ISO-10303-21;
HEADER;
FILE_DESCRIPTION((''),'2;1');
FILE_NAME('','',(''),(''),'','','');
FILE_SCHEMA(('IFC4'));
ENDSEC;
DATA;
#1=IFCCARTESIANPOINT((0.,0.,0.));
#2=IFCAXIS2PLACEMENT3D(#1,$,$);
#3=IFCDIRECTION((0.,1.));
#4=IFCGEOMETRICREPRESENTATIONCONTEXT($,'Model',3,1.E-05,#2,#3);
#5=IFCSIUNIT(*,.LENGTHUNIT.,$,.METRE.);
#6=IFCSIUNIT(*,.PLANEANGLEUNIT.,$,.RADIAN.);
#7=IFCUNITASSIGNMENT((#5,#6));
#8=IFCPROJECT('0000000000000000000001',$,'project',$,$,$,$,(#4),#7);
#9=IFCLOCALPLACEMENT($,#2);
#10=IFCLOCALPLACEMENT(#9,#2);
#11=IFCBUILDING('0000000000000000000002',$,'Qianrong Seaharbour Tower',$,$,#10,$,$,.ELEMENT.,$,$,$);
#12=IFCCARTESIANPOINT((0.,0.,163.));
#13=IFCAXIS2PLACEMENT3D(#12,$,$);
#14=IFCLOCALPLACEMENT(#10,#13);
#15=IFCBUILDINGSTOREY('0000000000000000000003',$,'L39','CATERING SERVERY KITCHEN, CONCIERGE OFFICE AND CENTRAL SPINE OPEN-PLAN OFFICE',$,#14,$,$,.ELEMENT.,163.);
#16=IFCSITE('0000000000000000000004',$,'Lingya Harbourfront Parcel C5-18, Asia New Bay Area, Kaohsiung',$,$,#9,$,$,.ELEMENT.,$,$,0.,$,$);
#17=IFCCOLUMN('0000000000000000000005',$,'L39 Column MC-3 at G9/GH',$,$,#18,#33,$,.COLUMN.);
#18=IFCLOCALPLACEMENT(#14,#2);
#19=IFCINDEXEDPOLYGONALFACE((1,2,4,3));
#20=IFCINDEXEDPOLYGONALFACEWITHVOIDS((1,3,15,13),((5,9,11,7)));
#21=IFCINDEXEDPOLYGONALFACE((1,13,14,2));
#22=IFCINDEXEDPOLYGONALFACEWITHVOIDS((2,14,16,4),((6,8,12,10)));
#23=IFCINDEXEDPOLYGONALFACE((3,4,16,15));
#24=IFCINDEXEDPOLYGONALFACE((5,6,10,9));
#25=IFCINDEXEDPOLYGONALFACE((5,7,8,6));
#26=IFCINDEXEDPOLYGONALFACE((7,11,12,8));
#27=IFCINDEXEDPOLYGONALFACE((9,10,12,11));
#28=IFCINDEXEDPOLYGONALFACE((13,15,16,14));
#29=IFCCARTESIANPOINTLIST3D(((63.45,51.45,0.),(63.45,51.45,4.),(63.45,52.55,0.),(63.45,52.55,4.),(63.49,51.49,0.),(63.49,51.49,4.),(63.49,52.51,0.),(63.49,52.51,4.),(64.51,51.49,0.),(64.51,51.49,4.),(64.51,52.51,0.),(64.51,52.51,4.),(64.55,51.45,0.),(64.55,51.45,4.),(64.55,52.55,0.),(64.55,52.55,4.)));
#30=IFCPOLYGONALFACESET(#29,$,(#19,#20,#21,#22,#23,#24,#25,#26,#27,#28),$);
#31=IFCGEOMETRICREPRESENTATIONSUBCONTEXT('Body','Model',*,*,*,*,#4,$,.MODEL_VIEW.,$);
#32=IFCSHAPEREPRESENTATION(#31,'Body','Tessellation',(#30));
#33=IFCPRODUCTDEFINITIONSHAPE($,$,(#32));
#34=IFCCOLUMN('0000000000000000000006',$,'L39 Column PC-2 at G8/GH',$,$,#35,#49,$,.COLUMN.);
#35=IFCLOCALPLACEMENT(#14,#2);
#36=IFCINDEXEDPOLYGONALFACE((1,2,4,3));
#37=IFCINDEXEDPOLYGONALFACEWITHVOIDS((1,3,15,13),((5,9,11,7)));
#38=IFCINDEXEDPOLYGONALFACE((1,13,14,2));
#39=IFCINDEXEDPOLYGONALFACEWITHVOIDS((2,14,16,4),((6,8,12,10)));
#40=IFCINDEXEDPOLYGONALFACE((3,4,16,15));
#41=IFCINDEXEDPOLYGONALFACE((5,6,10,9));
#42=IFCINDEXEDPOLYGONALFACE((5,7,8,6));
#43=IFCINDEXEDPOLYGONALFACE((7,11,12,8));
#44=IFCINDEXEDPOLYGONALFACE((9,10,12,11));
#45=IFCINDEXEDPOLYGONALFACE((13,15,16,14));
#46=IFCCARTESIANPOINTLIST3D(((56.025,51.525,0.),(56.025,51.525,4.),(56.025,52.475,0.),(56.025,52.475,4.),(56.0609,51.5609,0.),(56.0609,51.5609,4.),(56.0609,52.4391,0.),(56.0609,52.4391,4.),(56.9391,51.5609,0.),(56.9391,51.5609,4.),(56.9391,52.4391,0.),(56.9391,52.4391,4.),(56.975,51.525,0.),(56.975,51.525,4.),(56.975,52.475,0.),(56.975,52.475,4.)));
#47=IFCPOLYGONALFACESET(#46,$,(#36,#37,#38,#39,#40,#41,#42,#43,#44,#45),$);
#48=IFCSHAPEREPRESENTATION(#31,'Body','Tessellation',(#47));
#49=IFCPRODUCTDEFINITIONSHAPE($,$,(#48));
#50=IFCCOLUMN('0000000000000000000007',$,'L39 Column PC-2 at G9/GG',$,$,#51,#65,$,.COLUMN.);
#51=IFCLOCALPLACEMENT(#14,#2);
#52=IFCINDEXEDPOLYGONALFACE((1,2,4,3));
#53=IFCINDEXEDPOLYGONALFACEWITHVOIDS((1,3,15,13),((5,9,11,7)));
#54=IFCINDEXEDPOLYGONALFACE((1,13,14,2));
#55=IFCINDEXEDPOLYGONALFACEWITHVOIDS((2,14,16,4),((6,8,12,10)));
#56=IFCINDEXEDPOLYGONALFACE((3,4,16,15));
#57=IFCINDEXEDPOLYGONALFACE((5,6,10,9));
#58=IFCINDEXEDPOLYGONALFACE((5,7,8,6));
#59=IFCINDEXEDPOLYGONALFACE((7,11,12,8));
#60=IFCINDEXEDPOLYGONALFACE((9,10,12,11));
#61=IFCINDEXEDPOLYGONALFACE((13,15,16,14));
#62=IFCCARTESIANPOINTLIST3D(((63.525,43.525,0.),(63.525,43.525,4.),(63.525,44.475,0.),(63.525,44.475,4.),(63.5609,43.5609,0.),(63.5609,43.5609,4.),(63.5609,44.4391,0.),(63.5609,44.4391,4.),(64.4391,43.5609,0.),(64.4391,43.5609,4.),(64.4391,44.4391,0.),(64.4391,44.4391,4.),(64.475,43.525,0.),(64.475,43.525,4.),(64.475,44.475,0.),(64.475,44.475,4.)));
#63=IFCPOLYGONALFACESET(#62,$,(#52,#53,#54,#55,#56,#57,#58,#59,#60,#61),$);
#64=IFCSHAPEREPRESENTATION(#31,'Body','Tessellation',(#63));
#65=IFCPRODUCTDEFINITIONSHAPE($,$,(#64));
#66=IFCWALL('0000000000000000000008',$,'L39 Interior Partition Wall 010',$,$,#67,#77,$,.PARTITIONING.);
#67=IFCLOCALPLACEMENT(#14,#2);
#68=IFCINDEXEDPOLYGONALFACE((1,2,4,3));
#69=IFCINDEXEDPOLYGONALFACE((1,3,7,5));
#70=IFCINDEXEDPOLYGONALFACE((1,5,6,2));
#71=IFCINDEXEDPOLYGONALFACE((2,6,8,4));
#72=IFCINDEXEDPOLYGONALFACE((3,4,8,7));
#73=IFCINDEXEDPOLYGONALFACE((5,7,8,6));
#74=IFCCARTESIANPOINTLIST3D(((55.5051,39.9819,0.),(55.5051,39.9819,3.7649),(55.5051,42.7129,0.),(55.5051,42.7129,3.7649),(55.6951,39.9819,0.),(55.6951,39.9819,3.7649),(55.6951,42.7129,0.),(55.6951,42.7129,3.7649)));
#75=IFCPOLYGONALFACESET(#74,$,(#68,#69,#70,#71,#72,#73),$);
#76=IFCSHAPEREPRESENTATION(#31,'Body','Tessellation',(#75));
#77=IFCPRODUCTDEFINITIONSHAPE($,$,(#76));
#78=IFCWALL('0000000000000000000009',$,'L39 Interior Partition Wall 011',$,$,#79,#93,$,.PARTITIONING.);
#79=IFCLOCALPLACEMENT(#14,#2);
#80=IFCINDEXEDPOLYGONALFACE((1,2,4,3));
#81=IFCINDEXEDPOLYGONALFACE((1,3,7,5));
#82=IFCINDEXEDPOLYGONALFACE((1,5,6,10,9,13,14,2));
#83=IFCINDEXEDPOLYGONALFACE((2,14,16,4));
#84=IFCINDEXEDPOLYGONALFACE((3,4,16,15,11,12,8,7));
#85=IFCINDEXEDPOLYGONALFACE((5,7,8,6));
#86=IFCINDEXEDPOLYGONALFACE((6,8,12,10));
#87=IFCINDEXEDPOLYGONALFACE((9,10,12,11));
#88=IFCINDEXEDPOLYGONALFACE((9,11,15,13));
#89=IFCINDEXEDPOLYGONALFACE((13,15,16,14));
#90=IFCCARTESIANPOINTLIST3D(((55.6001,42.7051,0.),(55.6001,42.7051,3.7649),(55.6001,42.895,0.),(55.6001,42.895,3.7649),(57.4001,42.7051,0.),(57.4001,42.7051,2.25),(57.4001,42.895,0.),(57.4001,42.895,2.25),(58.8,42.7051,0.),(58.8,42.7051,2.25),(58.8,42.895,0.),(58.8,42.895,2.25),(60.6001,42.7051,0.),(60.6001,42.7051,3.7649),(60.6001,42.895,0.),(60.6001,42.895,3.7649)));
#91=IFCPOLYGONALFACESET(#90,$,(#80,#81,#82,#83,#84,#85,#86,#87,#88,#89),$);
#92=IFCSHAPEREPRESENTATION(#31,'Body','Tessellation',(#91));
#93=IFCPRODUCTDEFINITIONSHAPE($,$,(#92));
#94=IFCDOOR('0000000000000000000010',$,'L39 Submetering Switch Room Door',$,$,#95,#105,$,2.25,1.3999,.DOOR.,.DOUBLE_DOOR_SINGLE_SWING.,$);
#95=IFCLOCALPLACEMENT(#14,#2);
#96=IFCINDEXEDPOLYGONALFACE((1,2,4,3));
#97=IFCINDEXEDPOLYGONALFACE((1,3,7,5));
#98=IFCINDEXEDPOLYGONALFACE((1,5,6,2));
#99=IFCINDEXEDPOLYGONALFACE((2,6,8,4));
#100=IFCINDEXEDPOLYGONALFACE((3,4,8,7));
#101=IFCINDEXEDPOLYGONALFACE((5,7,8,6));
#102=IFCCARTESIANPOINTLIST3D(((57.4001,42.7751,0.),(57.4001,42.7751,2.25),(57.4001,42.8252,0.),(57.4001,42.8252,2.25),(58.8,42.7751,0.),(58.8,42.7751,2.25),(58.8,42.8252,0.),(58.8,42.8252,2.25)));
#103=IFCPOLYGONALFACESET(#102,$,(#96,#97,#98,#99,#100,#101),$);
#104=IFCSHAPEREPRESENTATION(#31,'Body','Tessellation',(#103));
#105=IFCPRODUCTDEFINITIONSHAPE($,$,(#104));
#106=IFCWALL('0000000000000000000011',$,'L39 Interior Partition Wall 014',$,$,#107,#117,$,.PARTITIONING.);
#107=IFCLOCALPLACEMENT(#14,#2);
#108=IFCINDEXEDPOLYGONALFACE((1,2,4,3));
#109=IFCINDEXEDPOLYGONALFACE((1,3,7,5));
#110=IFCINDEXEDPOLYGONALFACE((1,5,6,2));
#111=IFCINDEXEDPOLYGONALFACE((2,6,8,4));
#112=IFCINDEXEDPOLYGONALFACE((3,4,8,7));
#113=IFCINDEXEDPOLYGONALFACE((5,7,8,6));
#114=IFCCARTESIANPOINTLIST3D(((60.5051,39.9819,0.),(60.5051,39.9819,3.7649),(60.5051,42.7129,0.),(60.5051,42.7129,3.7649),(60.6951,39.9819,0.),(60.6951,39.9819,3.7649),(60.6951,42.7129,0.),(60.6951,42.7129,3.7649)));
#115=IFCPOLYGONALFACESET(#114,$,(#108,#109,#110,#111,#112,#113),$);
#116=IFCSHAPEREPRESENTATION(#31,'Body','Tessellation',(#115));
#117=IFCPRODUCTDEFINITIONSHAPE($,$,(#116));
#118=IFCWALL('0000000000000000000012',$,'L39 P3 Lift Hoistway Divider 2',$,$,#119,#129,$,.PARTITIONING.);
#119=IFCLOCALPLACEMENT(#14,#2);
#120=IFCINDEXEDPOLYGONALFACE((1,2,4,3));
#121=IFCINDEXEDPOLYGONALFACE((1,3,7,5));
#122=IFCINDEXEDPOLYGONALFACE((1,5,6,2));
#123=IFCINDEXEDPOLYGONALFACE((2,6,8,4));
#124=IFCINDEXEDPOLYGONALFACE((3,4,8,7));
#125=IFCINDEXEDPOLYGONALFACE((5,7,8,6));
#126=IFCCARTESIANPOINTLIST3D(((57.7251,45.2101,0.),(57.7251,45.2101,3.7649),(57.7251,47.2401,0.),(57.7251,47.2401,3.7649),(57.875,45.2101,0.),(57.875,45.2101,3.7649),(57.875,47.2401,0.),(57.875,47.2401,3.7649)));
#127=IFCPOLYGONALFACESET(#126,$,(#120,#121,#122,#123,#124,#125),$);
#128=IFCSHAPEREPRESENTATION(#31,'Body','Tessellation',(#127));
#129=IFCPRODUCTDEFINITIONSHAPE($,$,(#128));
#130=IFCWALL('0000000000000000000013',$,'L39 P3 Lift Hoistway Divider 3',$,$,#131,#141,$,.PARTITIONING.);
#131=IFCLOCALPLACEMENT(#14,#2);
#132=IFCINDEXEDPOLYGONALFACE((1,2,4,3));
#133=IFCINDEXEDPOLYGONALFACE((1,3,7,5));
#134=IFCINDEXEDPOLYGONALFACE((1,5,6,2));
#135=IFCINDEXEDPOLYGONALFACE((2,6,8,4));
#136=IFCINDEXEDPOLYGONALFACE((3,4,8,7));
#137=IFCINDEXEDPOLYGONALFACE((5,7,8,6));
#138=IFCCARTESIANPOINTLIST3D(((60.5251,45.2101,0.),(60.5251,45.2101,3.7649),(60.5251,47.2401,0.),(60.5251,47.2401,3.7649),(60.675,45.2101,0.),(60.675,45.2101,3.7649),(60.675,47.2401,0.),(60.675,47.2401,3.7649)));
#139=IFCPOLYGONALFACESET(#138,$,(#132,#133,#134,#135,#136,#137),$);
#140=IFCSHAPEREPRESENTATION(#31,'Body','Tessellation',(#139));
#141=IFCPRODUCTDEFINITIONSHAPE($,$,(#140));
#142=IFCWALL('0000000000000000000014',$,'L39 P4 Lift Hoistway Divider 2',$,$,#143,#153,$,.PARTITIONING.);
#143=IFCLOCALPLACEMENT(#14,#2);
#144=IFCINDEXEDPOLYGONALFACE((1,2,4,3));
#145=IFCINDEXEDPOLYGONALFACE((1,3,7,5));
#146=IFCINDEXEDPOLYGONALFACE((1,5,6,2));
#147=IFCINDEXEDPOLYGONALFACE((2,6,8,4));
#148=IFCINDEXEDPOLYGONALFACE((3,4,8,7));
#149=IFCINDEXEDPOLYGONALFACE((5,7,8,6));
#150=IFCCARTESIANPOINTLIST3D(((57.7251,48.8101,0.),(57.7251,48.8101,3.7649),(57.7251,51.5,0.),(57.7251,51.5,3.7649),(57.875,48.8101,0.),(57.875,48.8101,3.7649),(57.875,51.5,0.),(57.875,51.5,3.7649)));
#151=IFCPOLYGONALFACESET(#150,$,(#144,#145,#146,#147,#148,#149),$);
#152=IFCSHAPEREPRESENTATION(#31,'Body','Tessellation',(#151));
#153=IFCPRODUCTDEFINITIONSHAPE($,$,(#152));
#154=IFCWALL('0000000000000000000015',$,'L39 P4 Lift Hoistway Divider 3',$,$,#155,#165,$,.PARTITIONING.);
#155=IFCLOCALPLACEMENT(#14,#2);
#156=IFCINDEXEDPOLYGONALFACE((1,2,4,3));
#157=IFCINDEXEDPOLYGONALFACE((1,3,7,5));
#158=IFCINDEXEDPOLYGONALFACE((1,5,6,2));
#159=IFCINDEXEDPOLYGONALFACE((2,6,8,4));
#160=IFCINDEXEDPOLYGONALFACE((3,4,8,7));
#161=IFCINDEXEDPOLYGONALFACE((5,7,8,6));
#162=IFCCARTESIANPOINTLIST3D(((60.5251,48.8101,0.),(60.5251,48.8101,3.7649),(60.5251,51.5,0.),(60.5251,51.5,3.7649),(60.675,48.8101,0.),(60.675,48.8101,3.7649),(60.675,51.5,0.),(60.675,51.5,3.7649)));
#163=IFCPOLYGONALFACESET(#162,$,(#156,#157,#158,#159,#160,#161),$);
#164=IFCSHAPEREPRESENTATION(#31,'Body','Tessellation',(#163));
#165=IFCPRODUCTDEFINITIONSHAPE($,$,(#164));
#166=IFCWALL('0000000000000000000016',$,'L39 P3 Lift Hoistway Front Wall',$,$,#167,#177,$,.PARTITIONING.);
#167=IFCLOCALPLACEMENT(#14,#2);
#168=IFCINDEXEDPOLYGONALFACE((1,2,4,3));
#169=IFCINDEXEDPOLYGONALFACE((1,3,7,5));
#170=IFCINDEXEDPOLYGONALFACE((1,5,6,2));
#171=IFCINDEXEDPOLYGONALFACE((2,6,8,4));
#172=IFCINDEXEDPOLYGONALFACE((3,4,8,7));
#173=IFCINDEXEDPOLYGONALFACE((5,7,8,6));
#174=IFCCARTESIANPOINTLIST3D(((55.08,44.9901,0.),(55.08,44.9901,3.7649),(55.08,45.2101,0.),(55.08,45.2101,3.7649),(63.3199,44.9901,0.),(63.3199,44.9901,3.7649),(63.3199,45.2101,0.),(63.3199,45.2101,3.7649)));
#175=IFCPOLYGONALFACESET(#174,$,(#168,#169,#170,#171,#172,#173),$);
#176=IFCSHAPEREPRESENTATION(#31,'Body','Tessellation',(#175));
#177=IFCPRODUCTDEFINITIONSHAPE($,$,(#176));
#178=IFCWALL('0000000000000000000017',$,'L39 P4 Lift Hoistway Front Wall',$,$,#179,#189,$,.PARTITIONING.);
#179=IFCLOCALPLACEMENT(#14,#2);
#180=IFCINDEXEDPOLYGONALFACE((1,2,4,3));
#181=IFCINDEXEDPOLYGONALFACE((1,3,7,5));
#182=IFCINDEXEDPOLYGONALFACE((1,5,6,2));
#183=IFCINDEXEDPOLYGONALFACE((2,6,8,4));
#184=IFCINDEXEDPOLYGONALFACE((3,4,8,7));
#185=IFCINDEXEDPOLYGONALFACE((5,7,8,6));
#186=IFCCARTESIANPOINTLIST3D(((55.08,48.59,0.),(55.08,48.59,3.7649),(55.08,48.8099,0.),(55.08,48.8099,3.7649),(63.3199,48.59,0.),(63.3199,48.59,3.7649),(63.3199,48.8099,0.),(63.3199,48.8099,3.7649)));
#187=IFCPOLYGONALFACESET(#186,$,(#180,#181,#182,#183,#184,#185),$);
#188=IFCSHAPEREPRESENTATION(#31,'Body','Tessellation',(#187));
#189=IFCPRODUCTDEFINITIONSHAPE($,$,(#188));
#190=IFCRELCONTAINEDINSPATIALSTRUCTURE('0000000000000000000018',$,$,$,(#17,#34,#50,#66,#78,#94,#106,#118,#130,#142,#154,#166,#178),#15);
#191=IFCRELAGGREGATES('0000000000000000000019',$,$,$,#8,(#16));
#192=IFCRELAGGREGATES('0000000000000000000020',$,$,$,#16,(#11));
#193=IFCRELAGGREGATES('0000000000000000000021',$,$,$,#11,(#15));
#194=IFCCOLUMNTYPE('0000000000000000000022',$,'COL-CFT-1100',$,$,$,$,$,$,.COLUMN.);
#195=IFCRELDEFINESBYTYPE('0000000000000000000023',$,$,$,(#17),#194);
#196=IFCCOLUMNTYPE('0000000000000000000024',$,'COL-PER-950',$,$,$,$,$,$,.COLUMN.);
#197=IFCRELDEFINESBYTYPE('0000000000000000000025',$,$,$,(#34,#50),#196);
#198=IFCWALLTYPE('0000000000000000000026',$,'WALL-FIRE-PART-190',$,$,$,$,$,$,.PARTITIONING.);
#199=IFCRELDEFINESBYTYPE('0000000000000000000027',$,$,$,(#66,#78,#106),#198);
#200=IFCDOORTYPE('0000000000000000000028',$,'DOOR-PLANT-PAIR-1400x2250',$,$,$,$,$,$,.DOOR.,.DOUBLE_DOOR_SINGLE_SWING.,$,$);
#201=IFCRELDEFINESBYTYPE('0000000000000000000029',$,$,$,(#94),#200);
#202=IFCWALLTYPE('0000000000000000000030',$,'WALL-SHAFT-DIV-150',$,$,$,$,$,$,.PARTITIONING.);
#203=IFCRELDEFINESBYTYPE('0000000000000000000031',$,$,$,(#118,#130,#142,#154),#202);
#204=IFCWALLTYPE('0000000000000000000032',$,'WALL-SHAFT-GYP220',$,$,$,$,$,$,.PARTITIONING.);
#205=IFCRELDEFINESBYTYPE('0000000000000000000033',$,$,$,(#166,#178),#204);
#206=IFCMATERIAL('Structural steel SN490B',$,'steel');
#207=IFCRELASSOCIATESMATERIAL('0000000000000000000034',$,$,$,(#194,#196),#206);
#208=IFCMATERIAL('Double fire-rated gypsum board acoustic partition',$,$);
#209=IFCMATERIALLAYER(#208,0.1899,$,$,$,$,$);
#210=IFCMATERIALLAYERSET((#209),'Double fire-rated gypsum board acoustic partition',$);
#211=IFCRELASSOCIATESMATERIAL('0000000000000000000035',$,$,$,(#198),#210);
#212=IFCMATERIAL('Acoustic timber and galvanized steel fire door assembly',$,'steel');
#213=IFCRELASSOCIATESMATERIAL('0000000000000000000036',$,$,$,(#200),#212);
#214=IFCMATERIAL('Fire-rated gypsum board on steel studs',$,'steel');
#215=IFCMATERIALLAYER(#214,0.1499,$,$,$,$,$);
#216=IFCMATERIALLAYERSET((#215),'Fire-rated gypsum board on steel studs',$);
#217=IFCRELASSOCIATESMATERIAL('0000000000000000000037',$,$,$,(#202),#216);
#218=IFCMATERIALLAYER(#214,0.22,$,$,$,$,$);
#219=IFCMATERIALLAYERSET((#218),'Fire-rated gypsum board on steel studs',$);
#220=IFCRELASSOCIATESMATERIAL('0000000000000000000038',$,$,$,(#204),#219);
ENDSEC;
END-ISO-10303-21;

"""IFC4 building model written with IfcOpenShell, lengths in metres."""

from ifc_helpers import new_model, si_unit, direction, frame, frame_2d, origin, origin_2d, place, context, subcontext, project, spatial, rectangle, hollow_rectangle, extrude, material, layer, layer_set, material_profile, profile_set, type_object, element, fill, save


model = new_model("IFC4")

# Units and contexts
model_context = context("Model", 3, precision=1e-05, world=origin(), true_north=direction((0.0, 1.0)))
body_context = subcontext(model_context, "Body", "Model", "MODEL_VIEW")
ifc_project = project(units=[si_unit("LENGTHUNIT", "METRE"), si_unit("PLANEANGLEUNIT", "RADIAN")], contexts=[model_context])

# Site, building, storey
site_placement = place(None, origin())
site = spatial("IfcSite", under=ifc_project, at=site_placement, Name="Lingya Harbourfront Parcel C5-18, Asia New Bay Area, Kaohsiung", CompositionType="ELEMENT", RefElevation=0.0)
building_placement = place(site_placement, origin())
building = spatial("IfcBuilding", under=site, at=building_placement, Name="Qianrong Seaharbour Tower", CompositionType="ELEMENT")
storey_placement = place(building_placement, frame((0.0, 0.0, 163.0)))
storey = spatial("IfcBuildingStorey", under=building, at=storey_placement, Name="L39", Description="CATERING SERVERY KITCHEN, CONCIERGE OFFICE AND CENTRAL SPINE OPEN-PLAN OFFICE", CompositionType="ELEMENT", Elevation=163.0)

# Columns
ifc_material_1 = material(Name="Structural steel SN490B", Category="steel")
ifc_material_profile_1 = material_profile(ifc_material_1, hollow_rectangle(XDim=1.1001, YDim=1.1001, WallThickness=0.04, at=origin_2d()), Name="BOX1100x1100x40")
ifc_profile_set_1 = profile_set([ifc_material_profile_1], Name="Structural steel SN490B")
column_type_1 = type_object("IfcColumnType", Name="COL-CFT-1100", PredefinedType="COLUMN", material=ifc_profile_set_1)
column_placement = place(storey_placement, frame((64.0, 52.0, 0.0), z_axis=(0.0, 0.0, 1.0), x_axis=(1.0, 0.0, 0.0)))
element("IfcColumn", 1, at=column_placement, inside=storey, type_object=column_type_1, Name="L39 Column MC-3 at G9/GH", PredefinedType="COLUMN", context=body_context, shape_type="SweptSolid", body=[
    extrude(hollow_rectangle(XDim=1.1001, YDim=1.1001, WallThickness=0.04, at=origin_2d()), origin(), (0.0, 0.0, 1.0), 4.0),
])
ifc_material_profile_2 = material_profile(ifc_material_1, hollow_rectangle(XDim=0.95, YDim=0.95, WallThickness=0.0359, at=origin_2d()), Name="BOX950x950x36")
ifc_profile_set_2 = profile_set([ifc_material_profile_2], Name="Structural steel SN490B")
column_type_2 = type_object("IfcColumnType", Name="COL-PER-950", PredefinedType="COLUMN", material=ifc_profile_set_2)
for number, where, z_axis, x_axis, name in (
    (2, (56.5, 52.0, 0.0), (0.0, 0.0, 1.0), (1.0, 0.0, 0.0), "L39 Column PC-2 at G8/GH"),
    (3, (64.0, 44.0, 0.0), (0.0, 0.0, 1.0), (1.0, 0.0, 0.0), "L39 Column PC-2 at G9/GG"),
):
    element("IfcColumn", number, at=place(storey_placement, frame(where, z_axis=z_axis, x_axis=x_axis)), inside=storey, type_object=column_type_2, Name=name, PredefinedType="COLUMN", context=body_context, shape_type="SweptSolid", body=[
        extrude(hollow_rectangle(XDim=0.95, YDim=0.95, WallThickness=0.0359, at=origin_2d()), origin(), (0.0, 0.0, 1.0), 4.0),
    ])

# Shared definitions
ifc_material_2 = material(Name="Acoustic timber and galvanized steel fire door assembly", Category="steel")

# Wall
ifc_material_3 = material(Name="Double fire-rated gypsum board acoustic partition")
ifc_layer_1 = layer(ifc_material_3, 0.1899)
ifc_layer_set_1 = layer_set([ifc_layer_1], Name="Double fire-rated gypsum board acoustic partition")
wall_type_1 = type_object("IfcWallType", Name="WALL-FIRE-PART-190", PredefinedType="PARTITIONING", material=ifc_layer_set_1)
wall_1_placement = place(storey_placement, frame((55.6001, 42.7129, 0.0), z_axis=(0.0, 0.0, 1.0), x_axis=(0.0, -1.0, 0.0)))
element("IfcWall", 4, at=wall_1_placement, inside=storey, type_object=wall_type_1, Name="L39 Interior Partition Wall 010", PredefinedType="PARTITIONING", context=body_context, shape_type="SweptSolid", body=[
    extrude(rectangle(XDim=2.731, YDim=0.1899, at=frame_2d((1.3655, 0.0))), origin(), (0.0, 0.0, 1.0), 3.7649),
])

# Wall, opening, door
wall_2_placement = place(storey_placement, frame((60.6001, 42.8, 0.0), z_axis=(0.0, 0.0, 1.0), x_axis=(-1.0, 0.0, 0.0)))
wall_2 = element("IfcWall", 5, at=wall_2_placement, inside=storey, type_object=wall_type_1, Name="L39 Interior Partition Wall 011", PredefinedType="PARTITIONING", context=body_context, shape_type="SweptSolid", body=[
    extrude(rectangle(XDim=5.0, YDim=0.1899, at=frame_2d((2.5, 0.0))), origin(), (0.0, 0.0, 1.0), 3.7649),
])
opening_1_placement = place(wall_2_placement, frame((1.8, 0.0, 0.0)))
opening_1 = element("IfcOpeningElement", 6, at=opening_1_placement, cuts=wall_2, PredefinedType="OPENING", context=body_context, shape_type="SweptSolid", body=[
    extrude(rectangle(XDim=1.3999, YDim=2.25, at=frame_2d((0.7, 1.125))), frame((0.0, 0.105, 0.0), z_axis=(0.0, -1.0, 0.0), x_axis=(1.0, 0.0, 0.0)), (0.0, 0.0, 1.0), 0.21),
])
door_type_1 = type_object("IfcDoorType", Name="DOOR-PLANT-PAIR-1400x2250", OperationType="DOUBLE_DOOR_SINGLE_SWING", PredefinedType="DOOR", material=ifc_material_2)
door_1_placement = place(opening_1_placement, origin())
door_1 = element("IfcDoor", 7, at=door_1_placement, inside=storey, type_object=door_type_1, Name="L39 Submetering Switch Room Door", OperationType="DOUBLE_DOOR_SINGLE_SWING", OverallHeight=2.25, OverallWidth=1.3999, PredefinedType="DOOR", context=body_context, shape_type="SweptSolid", body=[
    extrude(rectangle(XDim=1.3999, YDim=2.25, at=frame_2d((0.7, 1.125))), frame((0.0, 0.0249, 0.0), z_axis=(0.0, -1.0, 0.0), x_axis=(1.0, 0.0, 0.0)), (0.0, 0.0, 1.0), 0.05),
])
fill(opening_1, door_1)

# Walls
wall_3_placement = place(storey_placement, frame((60.6001, 42.7129, 0.0), z_axis=(0.0, 0.0, 1.0), x_axis=(0.0, -1.0, 0.0)))
element("IfcWall", 8, at=wall_3_placement, inside=storey, type_object=wall_type_1, Name="L39 Interior Partition Wall 014", PredefinedType="PARTITIONING", context=body_context, shape_type="SweptSolid", body=[
    extrude(rectangle(XDim=2.731, YDim=0.1899, at=frame_2d((1.3655, 0.0))), origin(), (0.0, 0.0, 1.0), 3.7649),
])
ifc_material_4 = material(Name="Fire-rated gypsum board on steel studs", Category="steel")
ifc_layer_2 = layer(ifc_material_4, 0.1499)
ifc_layer_set_2 = layer_set([ifc_layer_2], Name="Fire-rated gypsum board on steel studs")
wall_type_2 = type_object("IfcWallType", Name="WALL-SHAFT-DIV-150", PredefinedType="PARTITIONING", material=ifc_layer_set_2)
for number, where, z_axis, x_axis, name in (
    (9, (57.8, 45.21, 0.0), (0.0, 0.0, 1.0), (0.0, 1.0, 0.0), "L39 P3 Lift Hoistway Divider 2"),
    (10, (60.6001, 45.21, 0.0), (0.0, 0.0, 1.0), (0.0, 1.0, 0.0), "L39 P3 Lift Hoistway Divider 3"),
):
    element("IfcWall", number, at=place(storey_placement, frame(where, z_axis=z_axis, x_axis=x_axis)), inside=storey, type_object=wall_type_2, Name=name, PredefinedType="PARTITIONING", context=body_context, shape_type="SweptSolid", body=[
        extrude(rectangle(XDim=2.03, YDim=0.1499, at=frame_2d((1.0151, 0.0))), origin(), (0.0, 0.0, 1.0), 3.7649),
    ])
for number, where, z_axis, x_axis, name in (
    (11, (57.8, 48.8101, 0.0), (0.0, 0.0, 1.0), (0.0, 1.0, 0.0), "L39 P4 Lift Hoistway Divider 2"),
    (12, (60.6001, 48.8101, 0.0), (0.0, 0.0, 1.0), (0.0, 1.0, 0.0), "L39 P4 Lift Hoistway Divider 3"),
):
    element("IfcWall", number, at=place(storey_placement, frame(where, z_axis=z_axis, x_axis=x_axis)), inside=storey, type_object=wall_type_2, Name=name, PredefinedType="PARTITIONING", context=body_context, shape_type="SweptSolid", body=[
        extrude(rectangle(XDim=2.6899, YDim=0.1499, at=frame_2d((1.345, 0.0))), origin(), (0.0, 0.0, 1.0), 3.7649),
    ])
ifc_layer_3 = layer(ifc_material_4, 0.22)
ifc_layer_set_3 = layer_set([ifc_layer_3], Name="Fire-rated gypsum board on steel studs")
wall_type_3 = type_object("IfcWallType", Name="WALL-SHAFT-GYP220", PredefinedType="PARTITIONING", material=ifc_layer_set_3)
for number, where, z_axis, x_axis, name in (
    (13, (63.3201, 45.1001, 0.0), (0.0, 0.0, 1.0), (-1.0, 0.0, 0.0), "L39 P3 Lift Hoistway Front Wall"),
    (14, (63.3201, 48.7, 0.0), (0.0, 0.0, 1.0), (-1.0, 0.0, 0.0), "L39 P4 Lift Hoistway Front Wall"),
):
    element("IfcWall", number, at=place(storey_placement, frame(where, z_axis=z_axis, x_axis=x_axis)), inside=storey, type_object=wall_type_3, Name=name, PredefinedType="PARTITIONING", context=body_context, shape_type="SweptSolid", body=[
        extrude(rectangle(XDim=8.24, YDim=0.22, at=frame_2d((4.1201, 0.0))), origin(), (0.0, 0.0, 1.0), 3.7649),
    ])

save(model, "model.ifc")
